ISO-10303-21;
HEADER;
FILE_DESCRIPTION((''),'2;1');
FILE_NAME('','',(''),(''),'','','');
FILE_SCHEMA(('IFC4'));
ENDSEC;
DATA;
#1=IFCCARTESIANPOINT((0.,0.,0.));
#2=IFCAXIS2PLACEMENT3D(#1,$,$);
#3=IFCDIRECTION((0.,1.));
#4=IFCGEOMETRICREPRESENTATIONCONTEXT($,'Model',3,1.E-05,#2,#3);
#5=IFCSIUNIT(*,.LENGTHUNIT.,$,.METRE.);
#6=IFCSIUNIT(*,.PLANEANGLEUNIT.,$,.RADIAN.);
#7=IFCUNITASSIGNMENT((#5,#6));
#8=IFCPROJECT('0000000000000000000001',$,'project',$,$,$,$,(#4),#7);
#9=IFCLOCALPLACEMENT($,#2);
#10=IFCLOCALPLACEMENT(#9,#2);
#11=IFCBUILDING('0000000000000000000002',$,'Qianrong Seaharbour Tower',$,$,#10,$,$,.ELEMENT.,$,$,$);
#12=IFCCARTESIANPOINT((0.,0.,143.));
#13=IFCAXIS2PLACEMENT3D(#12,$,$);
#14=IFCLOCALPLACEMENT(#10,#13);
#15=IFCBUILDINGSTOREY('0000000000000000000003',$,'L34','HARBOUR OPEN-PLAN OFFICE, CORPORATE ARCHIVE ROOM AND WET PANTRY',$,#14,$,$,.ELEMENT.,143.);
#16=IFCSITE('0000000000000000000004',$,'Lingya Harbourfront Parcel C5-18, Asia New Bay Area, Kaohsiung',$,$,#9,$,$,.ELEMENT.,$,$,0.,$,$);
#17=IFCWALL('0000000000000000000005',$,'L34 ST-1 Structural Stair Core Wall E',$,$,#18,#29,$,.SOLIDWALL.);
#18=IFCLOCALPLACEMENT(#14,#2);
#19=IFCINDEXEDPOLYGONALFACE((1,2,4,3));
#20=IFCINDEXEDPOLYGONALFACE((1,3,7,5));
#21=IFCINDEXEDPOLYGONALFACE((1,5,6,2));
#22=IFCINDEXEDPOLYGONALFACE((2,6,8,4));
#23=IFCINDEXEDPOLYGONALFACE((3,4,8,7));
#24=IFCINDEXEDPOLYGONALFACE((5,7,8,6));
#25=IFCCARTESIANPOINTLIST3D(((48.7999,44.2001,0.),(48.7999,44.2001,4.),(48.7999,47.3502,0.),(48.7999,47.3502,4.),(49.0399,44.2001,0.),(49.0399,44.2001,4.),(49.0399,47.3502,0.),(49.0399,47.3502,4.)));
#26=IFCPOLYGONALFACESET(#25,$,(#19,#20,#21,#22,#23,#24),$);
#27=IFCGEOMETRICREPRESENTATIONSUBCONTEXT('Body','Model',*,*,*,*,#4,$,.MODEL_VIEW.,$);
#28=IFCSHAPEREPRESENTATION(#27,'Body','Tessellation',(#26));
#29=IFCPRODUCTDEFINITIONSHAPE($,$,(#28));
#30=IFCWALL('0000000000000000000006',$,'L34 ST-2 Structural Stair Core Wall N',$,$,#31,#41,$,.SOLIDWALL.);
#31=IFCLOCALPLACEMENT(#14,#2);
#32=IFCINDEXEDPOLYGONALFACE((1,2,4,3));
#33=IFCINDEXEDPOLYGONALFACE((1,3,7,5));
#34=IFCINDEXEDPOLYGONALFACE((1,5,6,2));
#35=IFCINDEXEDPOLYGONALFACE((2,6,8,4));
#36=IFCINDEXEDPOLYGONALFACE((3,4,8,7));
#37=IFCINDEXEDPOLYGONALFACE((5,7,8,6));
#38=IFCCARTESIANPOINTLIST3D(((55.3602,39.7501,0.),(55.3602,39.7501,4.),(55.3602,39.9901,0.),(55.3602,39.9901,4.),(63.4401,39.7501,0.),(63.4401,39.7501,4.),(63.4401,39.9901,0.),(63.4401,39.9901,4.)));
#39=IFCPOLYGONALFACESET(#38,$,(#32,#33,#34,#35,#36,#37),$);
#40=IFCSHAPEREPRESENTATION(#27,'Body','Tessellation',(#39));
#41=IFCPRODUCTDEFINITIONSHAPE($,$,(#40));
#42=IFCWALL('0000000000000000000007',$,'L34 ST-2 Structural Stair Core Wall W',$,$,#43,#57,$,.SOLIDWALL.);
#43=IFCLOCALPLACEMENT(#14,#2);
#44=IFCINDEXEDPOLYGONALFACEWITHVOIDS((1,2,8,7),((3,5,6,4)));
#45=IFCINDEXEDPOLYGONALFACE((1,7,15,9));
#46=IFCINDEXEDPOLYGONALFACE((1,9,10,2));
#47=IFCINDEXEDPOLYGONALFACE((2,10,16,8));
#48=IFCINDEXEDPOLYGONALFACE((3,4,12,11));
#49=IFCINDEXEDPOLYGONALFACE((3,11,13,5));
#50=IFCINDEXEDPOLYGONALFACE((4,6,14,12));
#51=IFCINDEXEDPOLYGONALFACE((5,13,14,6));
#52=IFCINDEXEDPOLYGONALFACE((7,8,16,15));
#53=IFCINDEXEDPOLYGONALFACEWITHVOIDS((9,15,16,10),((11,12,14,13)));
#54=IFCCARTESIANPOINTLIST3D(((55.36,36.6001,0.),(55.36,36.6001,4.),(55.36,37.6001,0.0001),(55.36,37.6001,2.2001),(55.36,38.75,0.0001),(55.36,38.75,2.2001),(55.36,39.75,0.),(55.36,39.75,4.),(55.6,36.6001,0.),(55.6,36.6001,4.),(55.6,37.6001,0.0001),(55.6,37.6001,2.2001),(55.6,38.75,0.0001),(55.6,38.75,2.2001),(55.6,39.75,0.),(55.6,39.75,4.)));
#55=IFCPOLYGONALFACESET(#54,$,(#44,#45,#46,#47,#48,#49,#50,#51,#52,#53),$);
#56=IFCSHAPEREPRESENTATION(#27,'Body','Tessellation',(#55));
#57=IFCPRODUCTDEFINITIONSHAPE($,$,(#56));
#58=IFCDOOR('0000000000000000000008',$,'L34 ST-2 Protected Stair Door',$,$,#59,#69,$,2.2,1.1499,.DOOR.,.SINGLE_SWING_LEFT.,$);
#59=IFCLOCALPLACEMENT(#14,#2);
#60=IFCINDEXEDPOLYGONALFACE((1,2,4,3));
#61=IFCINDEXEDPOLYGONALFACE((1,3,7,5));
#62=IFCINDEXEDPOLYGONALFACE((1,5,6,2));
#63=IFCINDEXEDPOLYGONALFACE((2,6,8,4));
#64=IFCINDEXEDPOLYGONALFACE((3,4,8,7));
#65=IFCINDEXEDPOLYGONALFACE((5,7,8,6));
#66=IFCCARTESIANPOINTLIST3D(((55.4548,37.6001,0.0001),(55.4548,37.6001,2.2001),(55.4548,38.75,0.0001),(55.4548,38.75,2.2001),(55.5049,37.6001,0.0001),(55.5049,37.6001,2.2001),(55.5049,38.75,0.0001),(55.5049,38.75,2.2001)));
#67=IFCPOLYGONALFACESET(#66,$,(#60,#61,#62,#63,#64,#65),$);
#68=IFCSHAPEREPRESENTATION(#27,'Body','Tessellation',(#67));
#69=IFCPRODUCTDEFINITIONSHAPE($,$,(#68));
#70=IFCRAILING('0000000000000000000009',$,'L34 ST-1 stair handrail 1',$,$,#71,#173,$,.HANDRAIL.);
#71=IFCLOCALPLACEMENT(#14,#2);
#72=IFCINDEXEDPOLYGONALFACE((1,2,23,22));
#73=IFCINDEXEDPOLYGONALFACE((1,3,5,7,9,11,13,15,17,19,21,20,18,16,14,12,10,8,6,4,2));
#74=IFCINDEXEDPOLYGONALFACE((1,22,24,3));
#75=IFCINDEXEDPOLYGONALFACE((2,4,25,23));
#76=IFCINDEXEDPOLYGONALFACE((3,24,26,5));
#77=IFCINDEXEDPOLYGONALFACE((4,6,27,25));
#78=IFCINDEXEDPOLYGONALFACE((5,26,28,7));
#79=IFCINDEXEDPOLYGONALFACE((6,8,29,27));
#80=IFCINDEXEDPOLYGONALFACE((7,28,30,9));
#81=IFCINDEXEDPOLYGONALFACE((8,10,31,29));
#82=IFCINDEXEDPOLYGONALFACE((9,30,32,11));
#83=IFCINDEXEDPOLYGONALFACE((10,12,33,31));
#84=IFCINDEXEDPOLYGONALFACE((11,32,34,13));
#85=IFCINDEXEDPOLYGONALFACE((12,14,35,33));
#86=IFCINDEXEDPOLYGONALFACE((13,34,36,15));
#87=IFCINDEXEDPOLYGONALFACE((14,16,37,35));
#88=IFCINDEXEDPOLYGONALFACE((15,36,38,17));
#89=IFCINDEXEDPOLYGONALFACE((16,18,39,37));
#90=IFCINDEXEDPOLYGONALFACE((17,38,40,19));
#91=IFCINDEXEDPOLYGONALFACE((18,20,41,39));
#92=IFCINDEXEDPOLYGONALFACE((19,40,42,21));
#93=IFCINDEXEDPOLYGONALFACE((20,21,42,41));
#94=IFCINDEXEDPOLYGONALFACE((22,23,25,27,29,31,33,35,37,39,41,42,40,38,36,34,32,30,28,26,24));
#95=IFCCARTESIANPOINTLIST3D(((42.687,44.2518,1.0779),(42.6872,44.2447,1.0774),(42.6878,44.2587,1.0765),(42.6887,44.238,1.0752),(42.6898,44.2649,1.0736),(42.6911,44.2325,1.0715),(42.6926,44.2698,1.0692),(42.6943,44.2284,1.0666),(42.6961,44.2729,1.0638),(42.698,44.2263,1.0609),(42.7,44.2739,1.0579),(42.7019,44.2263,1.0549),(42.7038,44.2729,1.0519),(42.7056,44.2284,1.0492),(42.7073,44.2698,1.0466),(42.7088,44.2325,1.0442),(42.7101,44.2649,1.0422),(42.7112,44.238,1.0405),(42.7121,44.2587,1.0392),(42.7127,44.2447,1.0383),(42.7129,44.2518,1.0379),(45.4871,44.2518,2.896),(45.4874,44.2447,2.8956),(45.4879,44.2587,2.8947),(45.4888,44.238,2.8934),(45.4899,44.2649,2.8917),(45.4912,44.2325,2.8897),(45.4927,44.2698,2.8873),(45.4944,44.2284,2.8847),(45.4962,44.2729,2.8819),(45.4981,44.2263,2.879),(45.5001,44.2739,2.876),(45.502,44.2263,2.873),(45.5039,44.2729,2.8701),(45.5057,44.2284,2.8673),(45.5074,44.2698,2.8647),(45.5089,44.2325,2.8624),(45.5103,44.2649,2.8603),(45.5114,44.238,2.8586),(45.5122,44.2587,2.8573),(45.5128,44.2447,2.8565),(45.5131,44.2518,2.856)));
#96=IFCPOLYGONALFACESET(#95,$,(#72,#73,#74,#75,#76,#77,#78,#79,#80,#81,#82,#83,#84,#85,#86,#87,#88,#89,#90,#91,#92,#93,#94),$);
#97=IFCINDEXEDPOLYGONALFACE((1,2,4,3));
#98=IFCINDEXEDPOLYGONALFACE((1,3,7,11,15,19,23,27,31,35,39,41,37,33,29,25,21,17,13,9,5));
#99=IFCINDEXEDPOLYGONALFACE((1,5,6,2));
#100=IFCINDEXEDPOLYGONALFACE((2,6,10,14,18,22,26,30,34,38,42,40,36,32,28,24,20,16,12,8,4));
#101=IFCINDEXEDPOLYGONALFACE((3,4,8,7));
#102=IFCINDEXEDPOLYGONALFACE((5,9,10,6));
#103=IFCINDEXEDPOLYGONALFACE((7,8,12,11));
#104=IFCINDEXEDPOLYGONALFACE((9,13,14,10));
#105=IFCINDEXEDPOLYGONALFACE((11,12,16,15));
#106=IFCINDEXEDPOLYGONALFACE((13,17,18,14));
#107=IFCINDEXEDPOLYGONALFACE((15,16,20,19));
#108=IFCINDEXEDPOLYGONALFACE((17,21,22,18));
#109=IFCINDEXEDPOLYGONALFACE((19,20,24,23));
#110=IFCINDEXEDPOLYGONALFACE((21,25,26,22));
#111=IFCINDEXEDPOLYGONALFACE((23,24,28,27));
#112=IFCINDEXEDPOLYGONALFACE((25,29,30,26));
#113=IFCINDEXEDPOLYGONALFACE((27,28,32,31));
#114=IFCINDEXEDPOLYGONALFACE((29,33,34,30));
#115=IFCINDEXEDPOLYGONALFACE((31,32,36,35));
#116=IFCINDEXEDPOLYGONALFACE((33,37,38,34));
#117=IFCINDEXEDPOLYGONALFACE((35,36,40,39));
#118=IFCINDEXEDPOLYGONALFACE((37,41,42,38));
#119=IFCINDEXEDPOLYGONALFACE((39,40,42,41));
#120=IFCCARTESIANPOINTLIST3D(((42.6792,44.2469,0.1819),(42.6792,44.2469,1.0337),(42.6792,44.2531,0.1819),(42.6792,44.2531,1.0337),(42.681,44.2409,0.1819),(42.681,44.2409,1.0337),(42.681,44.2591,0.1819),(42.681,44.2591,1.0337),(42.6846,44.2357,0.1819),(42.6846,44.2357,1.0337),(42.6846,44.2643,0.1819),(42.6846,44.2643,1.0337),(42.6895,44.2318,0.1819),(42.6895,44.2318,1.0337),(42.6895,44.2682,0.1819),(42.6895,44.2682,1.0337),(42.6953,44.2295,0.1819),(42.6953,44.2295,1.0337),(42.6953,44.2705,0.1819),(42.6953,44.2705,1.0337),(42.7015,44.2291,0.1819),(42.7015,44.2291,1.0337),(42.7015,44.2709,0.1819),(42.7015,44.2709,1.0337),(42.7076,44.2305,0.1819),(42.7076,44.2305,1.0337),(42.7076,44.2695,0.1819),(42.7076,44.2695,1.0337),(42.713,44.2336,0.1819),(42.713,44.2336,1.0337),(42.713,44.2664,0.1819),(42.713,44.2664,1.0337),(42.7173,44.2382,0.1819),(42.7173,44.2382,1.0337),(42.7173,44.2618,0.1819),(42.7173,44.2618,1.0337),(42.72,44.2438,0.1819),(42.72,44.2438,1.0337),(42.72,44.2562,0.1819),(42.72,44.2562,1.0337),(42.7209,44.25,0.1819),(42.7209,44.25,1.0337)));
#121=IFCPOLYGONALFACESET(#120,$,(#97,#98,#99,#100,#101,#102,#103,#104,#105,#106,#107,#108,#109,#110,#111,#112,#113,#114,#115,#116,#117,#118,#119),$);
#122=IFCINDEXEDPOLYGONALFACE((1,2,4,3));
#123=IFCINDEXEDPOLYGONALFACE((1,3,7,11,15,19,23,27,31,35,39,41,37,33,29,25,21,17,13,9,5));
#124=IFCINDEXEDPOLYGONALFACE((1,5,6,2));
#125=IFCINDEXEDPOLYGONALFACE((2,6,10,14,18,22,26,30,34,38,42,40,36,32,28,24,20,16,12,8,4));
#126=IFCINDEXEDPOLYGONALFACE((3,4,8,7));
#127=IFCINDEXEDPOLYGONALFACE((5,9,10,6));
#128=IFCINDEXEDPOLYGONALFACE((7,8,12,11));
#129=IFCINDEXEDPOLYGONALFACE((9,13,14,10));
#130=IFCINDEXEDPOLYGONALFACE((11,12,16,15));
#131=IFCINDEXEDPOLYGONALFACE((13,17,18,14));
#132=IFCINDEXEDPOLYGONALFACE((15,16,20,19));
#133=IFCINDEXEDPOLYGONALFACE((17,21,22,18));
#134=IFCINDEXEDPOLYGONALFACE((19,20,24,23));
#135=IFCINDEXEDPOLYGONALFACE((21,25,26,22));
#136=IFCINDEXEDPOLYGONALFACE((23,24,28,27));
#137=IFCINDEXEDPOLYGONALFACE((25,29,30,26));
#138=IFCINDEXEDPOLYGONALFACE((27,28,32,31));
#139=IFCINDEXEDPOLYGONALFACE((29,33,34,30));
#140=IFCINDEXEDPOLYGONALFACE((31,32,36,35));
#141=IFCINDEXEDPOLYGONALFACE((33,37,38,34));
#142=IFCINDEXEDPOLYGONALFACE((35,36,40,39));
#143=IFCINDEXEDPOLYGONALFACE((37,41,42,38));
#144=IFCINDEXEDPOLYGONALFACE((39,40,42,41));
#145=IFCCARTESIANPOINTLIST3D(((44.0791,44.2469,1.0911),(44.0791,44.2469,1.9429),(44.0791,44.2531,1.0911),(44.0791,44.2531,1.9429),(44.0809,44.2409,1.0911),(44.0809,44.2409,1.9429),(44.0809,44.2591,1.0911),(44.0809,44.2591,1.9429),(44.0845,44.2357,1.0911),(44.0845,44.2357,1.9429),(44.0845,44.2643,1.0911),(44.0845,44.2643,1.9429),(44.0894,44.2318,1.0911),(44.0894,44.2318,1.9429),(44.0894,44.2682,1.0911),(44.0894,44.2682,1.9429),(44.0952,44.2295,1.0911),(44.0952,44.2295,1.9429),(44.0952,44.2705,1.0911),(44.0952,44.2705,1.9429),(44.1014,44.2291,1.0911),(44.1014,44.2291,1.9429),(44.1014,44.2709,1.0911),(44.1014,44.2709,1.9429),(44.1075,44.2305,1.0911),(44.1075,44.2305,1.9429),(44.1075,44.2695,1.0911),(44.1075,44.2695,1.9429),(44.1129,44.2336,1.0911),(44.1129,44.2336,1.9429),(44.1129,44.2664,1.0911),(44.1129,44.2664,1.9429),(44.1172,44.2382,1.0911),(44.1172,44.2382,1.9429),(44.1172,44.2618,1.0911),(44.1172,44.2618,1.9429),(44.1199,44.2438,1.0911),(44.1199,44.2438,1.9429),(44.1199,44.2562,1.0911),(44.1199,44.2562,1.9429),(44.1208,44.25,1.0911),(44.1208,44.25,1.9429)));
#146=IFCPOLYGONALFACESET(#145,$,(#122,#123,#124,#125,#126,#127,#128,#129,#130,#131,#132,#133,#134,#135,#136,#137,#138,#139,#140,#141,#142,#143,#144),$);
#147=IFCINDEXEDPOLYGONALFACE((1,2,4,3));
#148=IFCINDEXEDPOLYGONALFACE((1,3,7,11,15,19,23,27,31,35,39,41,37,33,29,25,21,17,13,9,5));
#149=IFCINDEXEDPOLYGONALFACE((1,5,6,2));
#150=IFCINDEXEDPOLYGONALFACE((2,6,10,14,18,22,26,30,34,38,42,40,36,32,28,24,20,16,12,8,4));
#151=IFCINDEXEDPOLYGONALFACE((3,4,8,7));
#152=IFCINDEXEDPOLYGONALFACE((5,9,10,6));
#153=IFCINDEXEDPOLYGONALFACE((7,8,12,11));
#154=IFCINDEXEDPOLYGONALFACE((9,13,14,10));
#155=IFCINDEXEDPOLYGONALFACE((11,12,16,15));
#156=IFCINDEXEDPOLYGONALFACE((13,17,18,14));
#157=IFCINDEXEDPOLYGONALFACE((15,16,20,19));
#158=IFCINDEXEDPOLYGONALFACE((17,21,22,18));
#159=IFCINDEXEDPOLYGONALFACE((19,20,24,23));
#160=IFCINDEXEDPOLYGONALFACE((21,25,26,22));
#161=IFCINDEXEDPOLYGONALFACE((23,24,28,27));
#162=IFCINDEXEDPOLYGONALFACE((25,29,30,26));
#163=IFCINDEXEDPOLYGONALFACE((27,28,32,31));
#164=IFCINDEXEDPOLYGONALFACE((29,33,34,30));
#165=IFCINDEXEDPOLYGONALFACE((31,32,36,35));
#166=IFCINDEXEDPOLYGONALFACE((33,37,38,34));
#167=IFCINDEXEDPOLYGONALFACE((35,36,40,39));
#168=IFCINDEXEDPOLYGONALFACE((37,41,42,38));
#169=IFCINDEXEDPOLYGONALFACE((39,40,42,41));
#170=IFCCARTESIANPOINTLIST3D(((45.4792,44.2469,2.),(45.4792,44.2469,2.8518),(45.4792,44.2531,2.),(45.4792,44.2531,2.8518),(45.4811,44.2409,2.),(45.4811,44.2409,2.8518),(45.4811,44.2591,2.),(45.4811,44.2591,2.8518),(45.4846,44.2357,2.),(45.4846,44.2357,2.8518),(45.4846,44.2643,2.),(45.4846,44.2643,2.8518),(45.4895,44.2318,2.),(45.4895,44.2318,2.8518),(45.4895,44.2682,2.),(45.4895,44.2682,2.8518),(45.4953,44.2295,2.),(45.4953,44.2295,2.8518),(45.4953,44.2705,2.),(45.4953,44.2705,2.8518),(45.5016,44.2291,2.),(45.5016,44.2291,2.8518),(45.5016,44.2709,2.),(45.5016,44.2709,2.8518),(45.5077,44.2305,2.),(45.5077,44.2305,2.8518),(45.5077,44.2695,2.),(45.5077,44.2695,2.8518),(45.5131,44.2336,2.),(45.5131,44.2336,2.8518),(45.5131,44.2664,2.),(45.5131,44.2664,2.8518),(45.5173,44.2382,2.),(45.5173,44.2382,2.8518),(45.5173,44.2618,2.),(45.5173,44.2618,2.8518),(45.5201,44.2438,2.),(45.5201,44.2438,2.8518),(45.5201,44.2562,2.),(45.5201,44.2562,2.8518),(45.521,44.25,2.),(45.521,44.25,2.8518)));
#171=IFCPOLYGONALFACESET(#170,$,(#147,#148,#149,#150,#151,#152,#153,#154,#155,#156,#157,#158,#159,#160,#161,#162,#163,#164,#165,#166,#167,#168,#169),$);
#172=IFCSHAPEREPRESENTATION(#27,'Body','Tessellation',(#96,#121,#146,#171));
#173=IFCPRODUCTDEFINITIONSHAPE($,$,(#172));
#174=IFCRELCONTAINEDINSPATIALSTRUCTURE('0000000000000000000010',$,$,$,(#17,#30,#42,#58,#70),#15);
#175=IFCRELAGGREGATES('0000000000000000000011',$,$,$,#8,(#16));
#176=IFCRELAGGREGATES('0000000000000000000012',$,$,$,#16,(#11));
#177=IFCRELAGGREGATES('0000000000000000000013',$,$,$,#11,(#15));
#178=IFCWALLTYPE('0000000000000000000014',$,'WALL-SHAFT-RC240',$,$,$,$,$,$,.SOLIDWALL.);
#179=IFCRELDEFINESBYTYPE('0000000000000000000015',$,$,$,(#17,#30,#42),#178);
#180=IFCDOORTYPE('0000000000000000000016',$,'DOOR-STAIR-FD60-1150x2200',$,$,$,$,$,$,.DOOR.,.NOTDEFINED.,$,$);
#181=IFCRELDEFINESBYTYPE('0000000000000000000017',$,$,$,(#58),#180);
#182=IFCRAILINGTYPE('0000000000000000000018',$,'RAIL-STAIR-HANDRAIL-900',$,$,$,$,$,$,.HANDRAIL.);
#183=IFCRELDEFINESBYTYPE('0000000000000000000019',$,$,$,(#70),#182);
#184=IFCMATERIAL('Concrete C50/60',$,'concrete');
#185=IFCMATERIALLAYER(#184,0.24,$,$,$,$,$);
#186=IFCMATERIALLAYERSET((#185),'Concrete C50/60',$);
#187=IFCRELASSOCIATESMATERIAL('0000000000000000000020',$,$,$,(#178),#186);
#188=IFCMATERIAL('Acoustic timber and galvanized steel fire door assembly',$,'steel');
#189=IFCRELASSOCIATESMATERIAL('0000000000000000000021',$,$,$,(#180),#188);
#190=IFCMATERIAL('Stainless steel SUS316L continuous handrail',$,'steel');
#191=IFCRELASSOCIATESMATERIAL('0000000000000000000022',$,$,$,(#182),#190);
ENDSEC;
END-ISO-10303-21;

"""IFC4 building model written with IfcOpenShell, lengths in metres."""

from ifc_helpers import new_model, si_unit, direction, frame, frame_2d, origin, origin_2d, place, context, subcontext, project, spatial, rectangle, circle, extrude, material, layer, layer_set, type_object, element, fill, save


model = new_model("IFC4")

# Units and contexts
model_context = context("Model", 3, precision=1e-05, world=origin(), true_north=direction((0.0, 1.0)))
body_context = subcontext(model_context, "Body", "Model", "MODEL_VIEW")
ifc_project = project(units=[si_unit("LENGTHUNIT", "METRE"), si_unit("PLANEANGLEUNIT", "RADIAN")], contexts=[model_context])

# Site, building, storey
site_placement = place(None, origin())
site = spatial("IfcSite", under=ifc_project, at=site_placement, Name="Lingya Harbourfront Parcel C5-18, Asia New Bay Area, Kaohsiung", CompositionType="ELEMENT", RefElevation=0.0)
building_placement = place(site_placement, origin())
building = spatial("IfcBuilding", under=site, at=building_placement, Name="Qianrong Seaharbour Tower", CompositionType="ELEMENT")
storey_placement = place(building_placement, frame((0.0, 0.0, 143.0)))
storey = spatial("IfcBuildingStorey", under=building, at=storey_placement, Name="L34", Description="HARBOUR OPEN-PLAN OFFICE, CORPORATE ARCHIVE ROOM AND WET PANTRY", CompositionType="ELEMENT", Elevation=143.0)

# Shared definitions
ifc_material_1 = material(Name="Acoustic timber and galvanized steel fire door assembly", Category="steel")

# Walls
ifc_material_2 = material(Name="Concrete C50/60", Category="concrete")
ifc_layer_1 = layer(ifc_material_2, 0.24)
ifc_layer_set_1 = layer_set([ifc_layer_1], Name="Concrete C50/60")
wall_type_1 = type_object("IfcWallType", Name="WALL-SHAFT-RC240", PredefinedType="SOLIDWALL", material=ifc_layer_set_1)
wall_1_placement = place(storey_placement, frame((48.9199, 44.2, 0.0), z_axis=(0.0, 0.0, 1.0), x_axis=(0.0, 1.0, 0.0)))
element("IfcWall", 1, at=wall_1_placement, inside=storey, type_object=wall_type_1, Name="L34 ST-1 Structural Stair Core Wall E", PredefinedType="SOLIDWALL", context=body_context, shape_type="SweptSolid", body=[
    extrude(rectangle(XDim=3.1501, YDim=0.24, at=frame_2d((1.5752, 0.0))), origin(), (0.0, 0.0, 1.0), 4.0),
])
wall_2_placement = place(storey_placement, frame((55.3601, 39.8701, 0.0), z_axis=(0.0, 0.0, 1.0), x_axis=(1.0, 0.0, 0.0)))
element("IfcWall", 2, at=wall_2_placement, inside=storey, type_object=wall_type_1, Name="L34 ST-2 Structural Stair Core Wall N", PredefinedType="SOLIDWALL", context=body_context, shape_type="SweptSolid", body=[
    extrude(rectangle(XDim=8.0798, YDim=0.24, at=frame_2d((4.04, 0.0))), origin(), (0.0, 0.0, 1.0), 4.0),
])

# Wall, opening, door
wall_3_placement = place(storey_placement, frame((55.48, 39.75, 0.0), z_axis=(0.0, 0.0, 1.0), x_axis=(0.0, -1.0, 0.0)))
wall_3 = element("IfcWall", 3, at=wall_3_placement, inside=storey, type_object=wall_type_1, Name="L34 ST-2 Structural Stair Core Wall W", PredefinedType="SOLIDWALL", context=body_context, shape_type="SweptSolid", body=[
    extrude(rectangle(XDim=3.1499, YDim=0.24, at=frame_2d((1.575, 0.0))), origin(), (0.0, 0.0, 1.0), 4.0),
])
opening_1_placement = place(wall_3_placement, frame((1.0, 0.0, 0.0)))
opening_1 = element("IfcOpeningElement", 4, at=opening_1_placement, cuts=wall_3, PredefinedType="OPENING", context=body_context, shape_type="SweptSolid", body=[
    extrude(rectangle(XDim=1.1499, YDim=2.2, at=frame_2d((0.575, 1.1001))), frame((0.0, 0.1299, 0.0), z_axis=(0.0, -1.0, 0.0), x_axis=(1.0, 0.0, 0.0)), (0.0, 0.0, 1.0), 0.26),
])
door_type_1 = type_object("IfcDoorType", Name="DOOR-STAIR-FD60-1150x2200", OperationType="NOTDEFINED", PredefinedType="DOOR", material=ifc_material_1)
door_1_placement = place(opening_1_placement, origin())
door_1 = element("IfcDoor", 5, at=door_1_placement, inside=storey, type_object=door_type_1, Name="L34 ST-2 Protected Stair Door", OperationType="SINGLE_SWING_LEFT", OverallHeight=2.2, OverallWidth=1.1499, PredefinedType="DOOR", context=body_context, shape_type="SweptSolid", body=[
    extrude(rectangle(XDim=1.1499, YDim=2.2, at=frame_2d((0.575, 1.1001))), frame((0.0, 0.0249, 0.0), z_axis=(0.0, -1.0, 0.0), x_axis=(1.0, 0.0, 0.0)), (0.0, 0.0, 1.0), 0.05),
])
fill(opening_1, door_1)

# Railing
ifc_material_3 = material(Name="Stainless steel SUS316L continuous handrail", Category="steel")
railing_type = type_object("IfcRailingType", Name="RAIL-STAIR-HANDRAIL-900", PredefinedType="HANDRAIL", material=ifc_material_3)
railing_placement = place(storey_placement, frame((42.7, 44.25, 0.1819)))
element("IfcRailing", 6, at=railing_placement, inside=storey, type_object=railing_type, Name="L34 ST-1 stair handrail 1", PredefinedType="HANDRAIL", context=body_context, shape_type="SweptSolid", body=[
    extrude(circle(Radius=0.0239, at=origin_2d()), frame((0.0, 0.0, 0.876), z_axis=(0.838706, 0.0, 0.544585), x_axis=(0.0, 1.0, 0.0)), (0.0, 0.0, 1.0), 3.3386),
    extrude(circle(Radius=0.021, at=origin_2d()), origin(), (0.0, 0.0, 1.0), 0.8518),
    extrude(circle(Radius=0.021, at=origin_2d()), frame((1.3999, 0.0, 0.9092)), (0.0, 0.0, 1.0), 0.8518),
    extrude(circle(Radius=0.021, at=origin_2d()), frame((2.8, 0.0, 1.8181)), (0.0, 0.0, 1.0), 0.8518),
])

save(model, "model.ifc")
